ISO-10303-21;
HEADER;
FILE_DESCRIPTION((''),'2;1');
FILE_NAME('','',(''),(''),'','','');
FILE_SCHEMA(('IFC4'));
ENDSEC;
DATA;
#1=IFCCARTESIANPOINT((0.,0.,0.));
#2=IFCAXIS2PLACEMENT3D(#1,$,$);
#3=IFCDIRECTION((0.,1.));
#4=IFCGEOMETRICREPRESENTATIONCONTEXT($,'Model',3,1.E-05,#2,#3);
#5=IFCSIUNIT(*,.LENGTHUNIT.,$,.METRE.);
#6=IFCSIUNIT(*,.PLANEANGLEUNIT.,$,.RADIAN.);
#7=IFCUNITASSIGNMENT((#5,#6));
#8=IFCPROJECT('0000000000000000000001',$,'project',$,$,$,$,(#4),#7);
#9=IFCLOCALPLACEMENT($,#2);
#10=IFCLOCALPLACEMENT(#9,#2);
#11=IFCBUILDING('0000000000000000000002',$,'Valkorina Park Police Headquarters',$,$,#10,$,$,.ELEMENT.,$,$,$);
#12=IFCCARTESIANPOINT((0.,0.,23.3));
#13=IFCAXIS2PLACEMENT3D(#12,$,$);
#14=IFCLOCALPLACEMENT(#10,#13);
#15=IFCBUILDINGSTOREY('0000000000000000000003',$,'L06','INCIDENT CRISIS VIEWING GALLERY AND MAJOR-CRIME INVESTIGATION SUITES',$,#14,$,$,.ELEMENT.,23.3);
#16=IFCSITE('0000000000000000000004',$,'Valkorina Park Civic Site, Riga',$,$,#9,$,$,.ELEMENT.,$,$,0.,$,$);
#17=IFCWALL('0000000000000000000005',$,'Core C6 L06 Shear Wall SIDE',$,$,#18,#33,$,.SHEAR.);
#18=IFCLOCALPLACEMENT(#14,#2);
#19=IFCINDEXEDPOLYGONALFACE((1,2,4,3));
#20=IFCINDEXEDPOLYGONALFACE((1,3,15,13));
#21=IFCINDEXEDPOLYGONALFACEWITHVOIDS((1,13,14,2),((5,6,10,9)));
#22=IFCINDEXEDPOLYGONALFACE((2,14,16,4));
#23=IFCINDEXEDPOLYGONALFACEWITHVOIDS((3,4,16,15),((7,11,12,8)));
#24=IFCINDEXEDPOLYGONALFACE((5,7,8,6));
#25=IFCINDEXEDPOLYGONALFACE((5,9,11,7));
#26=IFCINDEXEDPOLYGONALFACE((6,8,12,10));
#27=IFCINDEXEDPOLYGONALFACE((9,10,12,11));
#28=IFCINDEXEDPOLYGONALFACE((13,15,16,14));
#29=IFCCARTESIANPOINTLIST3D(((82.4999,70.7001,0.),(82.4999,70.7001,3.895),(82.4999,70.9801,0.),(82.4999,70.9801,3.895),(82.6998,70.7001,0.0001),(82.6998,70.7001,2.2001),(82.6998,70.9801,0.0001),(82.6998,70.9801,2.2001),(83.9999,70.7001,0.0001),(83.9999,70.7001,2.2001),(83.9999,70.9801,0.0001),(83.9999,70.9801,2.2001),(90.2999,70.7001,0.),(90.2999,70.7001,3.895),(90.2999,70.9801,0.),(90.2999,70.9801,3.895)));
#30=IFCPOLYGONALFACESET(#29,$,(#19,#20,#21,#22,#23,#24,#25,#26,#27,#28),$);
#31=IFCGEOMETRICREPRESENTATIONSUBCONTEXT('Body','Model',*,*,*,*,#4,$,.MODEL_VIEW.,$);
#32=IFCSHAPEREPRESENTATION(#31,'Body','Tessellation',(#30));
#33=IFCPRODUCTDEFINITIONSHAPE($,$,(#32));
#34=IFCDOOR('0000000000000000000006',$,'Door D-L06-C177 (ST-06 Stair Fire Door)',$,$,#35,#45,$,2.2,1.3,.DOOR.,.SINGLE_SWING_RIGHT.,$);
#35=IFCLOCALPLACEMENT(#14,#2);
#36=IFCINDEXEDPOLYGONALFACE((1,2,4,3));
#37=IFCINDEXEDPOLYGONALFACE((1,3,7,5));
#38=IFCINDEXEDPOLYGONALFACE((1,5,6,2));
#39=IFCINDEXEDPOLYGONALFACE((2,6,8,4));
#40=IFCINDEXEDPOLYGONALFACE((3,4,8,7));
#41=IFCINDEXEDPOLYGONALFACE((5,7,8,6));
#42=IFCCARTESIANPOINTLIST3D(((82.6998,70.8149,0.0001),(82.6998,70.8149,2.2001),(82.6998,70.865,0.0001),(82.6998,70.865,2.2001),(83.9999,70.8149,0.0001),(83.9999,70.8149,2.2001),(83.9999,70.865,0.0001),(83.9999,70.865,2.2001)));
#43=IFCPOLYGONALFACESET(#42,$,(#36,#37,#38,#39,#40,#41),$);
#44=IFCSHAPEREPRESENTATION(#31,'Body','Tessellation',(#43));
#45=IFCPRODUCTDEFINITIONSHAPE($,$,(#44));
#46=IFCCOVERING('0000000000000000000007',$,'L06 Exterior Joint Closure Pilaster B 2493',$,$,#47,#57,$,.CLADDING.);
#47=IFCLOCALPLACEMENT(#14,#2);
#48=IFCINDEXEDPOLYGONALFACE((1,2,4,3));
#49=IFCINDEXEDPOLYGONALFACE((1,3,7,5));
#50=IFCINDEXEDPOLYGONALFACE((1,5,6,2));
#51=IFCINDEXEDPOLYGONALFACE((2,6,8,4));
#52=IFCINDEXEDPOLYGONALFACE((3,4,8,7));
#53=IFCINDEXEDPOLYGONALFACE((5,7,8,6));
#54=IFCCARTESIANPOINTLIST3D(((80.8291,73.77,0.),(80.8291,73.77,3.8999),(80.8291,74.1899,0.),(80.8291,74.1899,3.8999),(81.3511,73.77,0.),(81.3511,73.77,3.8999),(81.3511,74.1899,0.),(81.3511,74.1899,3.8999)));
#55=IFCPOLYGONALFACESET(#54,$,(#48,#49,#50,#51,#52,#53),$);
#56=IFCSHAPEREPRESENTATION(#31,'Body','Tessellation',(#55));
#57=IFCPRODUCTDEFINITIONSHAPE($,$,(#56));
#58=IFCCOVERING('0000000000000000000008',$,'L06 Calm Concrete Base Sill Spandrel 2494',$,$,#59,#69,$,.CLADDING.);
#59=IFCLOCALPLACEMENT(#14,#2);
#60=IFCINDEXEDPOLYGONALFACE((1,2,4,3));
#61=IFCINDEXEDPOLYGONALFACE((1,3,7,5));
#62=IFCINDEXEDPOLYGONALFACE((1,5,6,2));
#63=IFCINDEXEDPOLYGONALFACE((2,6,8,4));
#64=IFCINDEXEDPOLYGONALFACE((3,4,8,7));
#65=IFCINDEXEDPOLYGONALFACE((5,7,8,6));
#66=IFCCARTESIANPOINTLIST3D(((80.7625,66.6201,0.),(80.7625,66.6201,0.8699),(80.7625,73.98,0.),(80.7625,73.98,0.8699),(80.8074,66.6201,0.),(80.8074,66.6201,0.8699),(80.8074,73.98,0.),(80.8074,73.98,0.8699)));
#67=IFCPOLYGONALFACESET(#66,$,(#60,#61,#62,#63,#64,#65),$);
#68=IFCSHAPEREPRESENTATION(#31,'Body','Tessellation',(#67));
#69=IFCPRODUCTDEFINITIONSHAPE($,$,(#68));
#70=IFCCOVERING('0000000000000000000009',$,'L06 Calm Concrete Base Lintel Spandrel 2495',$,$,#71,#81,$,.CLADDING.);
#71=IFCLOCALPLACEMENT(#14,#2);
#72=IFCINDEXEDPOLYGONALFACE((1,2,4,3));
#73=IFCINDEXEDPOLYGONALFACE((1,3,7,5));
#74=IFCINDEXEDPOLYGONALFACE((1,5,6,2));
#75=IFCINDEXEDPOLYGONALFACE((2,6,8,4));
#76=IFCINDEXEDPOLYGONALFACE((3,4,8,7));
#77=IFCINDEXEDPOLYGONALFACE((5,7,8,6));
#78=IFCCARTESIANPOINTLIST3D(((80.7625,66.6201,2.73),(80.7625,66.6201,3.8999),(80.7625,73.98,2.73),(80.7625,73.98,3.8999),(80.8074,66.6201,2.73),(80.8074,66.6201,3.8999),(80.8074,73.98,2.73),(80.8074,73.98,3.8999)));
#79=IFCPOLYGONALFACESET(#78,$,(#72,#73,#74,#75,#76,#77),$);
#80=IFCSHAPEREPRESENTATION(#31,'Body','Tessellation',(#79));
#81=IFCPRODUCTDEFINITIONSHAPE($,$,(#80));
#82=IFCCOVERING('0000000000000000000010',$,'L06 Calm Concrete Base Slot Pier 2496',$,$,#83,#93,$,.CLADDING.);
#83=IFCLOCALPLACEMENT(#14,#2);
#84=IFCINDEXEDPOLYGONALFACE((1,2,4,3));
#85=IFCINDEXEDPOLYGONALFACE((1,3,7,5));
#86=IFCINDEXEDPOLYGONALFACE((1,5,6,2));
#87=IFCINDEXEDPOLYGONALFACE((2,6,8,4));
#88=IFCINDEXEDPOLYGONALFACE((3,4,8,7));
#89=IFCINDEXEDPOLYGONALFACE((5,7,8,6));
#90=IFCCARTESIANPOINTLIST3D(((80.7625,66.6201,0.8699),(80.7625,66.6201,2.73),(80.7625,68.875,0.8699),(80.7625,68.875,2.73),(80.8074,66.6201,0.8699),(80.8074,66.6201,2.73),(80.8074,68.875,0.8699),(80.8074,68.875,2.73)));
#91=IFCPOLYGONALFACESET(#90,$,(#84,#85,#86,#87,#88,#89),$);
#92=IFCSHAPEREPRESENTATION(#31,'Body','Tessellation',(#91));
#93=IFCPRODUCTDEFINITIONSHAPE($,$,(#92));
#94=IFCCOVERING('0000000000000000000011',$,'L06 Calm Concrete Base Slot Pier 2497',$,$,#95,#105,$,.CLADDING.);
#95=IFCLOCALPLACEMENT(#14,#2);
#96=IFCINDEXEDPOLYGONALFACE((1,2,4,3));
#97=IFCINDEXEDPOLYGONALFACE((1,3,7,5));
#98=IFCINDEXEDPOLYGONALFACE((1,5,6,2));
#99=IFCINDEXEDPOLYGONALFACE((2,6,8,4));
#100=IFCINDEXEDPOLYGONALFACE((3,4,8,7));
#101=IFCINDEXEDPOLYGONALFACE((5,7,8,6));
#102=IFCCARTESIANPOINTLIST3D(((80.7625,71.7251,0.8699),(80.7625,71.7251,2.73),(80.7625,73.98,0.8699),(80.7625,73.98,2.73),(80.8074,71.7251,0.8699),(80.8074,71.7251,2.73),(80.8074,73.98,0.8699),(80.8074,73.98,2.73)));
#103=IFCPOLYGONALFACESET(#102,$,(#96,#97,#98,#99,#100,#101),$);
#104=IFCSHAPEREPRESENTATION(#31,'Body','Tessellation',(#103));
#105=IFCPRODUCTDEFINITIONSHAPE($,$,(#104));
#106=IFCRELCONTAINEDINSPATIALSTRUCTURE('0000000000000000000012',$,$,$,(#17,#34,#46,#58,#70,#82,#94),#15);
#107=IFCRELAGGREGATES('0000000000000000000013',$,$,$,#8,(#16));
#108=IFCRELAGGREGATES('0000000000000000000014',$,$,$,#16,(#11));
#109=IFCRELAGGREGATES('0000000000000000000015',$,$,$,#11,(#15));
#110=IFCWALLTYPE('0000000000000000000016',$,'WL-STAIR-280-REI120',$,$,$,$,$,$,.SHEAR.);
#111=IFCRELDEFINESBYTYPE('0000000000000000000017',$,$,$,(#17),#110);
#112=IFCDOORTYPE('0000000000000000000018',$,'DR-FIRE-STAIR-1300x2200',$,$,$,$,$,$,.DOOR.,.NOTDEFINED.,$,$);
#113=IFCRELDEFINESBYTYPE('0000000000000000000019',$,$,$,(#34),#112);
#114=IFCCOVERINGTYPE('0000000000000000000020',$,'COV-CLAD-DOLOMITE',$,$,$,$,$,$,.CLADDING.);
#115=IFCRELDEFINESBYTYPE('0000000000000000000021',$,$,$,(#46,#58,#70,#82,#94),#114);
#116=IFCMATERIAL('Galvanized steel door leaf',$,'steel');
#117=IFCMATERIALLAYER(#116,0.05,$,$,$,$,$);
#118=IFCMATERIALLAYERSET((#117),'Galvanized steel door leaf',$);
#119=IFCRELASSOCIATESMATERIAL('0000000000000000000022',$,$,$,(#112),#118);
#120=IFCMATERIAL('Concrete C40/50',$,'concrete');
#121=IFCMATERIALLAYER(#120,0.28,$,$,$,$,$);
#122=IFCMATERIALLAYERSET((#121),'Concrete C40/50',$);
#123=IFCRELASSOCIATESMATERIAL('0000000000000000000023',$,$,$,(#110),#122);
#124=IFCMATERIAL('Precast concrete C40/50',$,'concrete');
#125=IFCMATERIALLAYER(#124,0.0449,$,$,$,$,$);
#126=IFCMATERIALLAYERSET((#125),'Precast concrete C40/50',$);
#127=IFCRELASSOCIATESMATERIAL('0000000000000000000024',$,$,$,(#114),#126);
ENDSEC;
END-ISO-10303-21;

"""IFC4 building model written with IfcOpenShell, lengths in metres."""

from ifc_helpers import new_model, si_unit, direction, frame, frame_2d, origin, origin_2d, place, context, subcontext, project, spatial, rectangle, extrude, material, layer, layer_set, type_object, element, fill, save


model = new_model("IFC4")

# Units and contexts
model_context = context("Model", 3, precision=1e-05, world=origin(), true_north=direction((0.0, 1.0)))
body_context = subcontext(model_context, "Body", "Model", "MODEL_VIEW")
ifc_project = project(units=[si_unit("LENGTHUNIT", "METRE"), si_unit("PLANEANGLEUNIT", "RADIAN")], contexts=[model_context])

# Site, building, storey
site_placement = place(None, origin())
site = spatial("IfcSite", under=ifc_project, at=site_placement, Name="Valkorina Park Civic Site, Riga", CompositionType="ELEMENT", RefElevation=0.0)
building_placement = place(site_placement, origin())
building = spatial("IfcBuilding", under=site, at=building_placement, Name="Valkorina Park Police Headquarters", CompositionType="ELEMENT")
storey_placement = place(building_placement, frame((0.0, 0.0, 23.3)))
storey = spatial("IfcBuildingStorey", under=building, at=storey_placement, Name="L06", Description="INCIDENT CRISIS VIEWING GALLERY AND MAJOR-CRIME INVESTIGATION SUITES", CompositionType="ELEMENT", Elevation=23.3)

# Shared definitions
ifc_material_1 = material(Name="Concrete C40/50", Category="concrete")
ifc_material_2 = material(Name="Galvanized steel door leaf", Category="steel")
ifc_layer_1 = layer(ifc_material_2, 0.05)
ifc_layer_set_1 = layer_set([ifc_layer_1], Name="Galvanized steel door leaf")
door_type = type_object("IfcDoorType", Name="DR-FIRE-STAIR-1300x2200", OperationType="NOTDEFINED", PredefinedType="DOOR", material=ifc_layer_set_1)

# Wall, opening, door
ifc_layer_2 = layer(ifc_material_1, 0.28)
ifc_layer_set_2 = layer_set([ifc_layer_2], Name="Concrete C40/50")
wall_type_1 = type_object("IfcWallType", Name="WL-STAIR-280-REI120", PredefinedType="SHEAR", material=ifc_layer_set_2)
wall_1_placement = place(storey_placement, frame((82.5, 70.8401, 0.0), z_axis=(0.0, 0.0, 1.0), x_axis=(1.0, 0.0, 0.0)))
wall_1 = element("IfcWall", 1, at=wall_1_placement, inside=storey, type_object=wall_type_1, Name="Core C6 L06 Shear Wall SIDE", PredefinedType="SHEAR", context=body_context, shape_type="SweptSolid", body=[
    extrude(rectangle(XDim=7.8, YDim=0.28, at=frame_2d((3.8999, 0.0))), origin(), (0.0, 0.0, 1.0), 3.895),
])
opening_1_placement = place(wall_1_placement, frame((0.2, 0.0, 0.0)))
opening_1 = element("IfcOpeningElement", 2, at=opening_1_placement, cuts=wall_1, PredefinedType="OPENING", context=body_context, shape_type="SweptSolid", body=[
    extrude(rectangle(XDim=1.3, YDim=2.2, at=frame_2d((0.6499, 1.1001))), frame((0.0, 0.1499, 0.0), z_axis=(0.0, -1.0, 0.0), x_axis=(1.0, 0.0, 0.0)), (0.0, 0.0, 1.0), 0.3),
])
door_1_placement = place(opening_1_placement, origin())
door_1 = element("IfcDoor", 3, at=door_1_placement, inside=storey, type_object=door_type, Name="Door D-L06-C177 (ST-06 Stair Fire Door)", OperationType="SINGLE_SWING_RIGHT", OverallHeight=2.2, OverallWidth=1.3, PredefinedType="DOOR", context=body_context, shape_type="SweptSolid", body=[
    extrude(rectangle(XDim=1.3, YDim=2.2, at=frame_2d((0.6499, 1.1001))), frame((0.0, 0.0249, 0.0), z_axis=(0.0, -1.0, 0.0), x_axis=(1.0, 0.0, 0.0)), (0.0, 0.0, 1.0), 0.05),
])
fill(opening_1, door_1)

# Coverings
ifc_material_3 = material(Name="Precast concrete C40/50", Category="concrete")
ifc_layer_3 = layer(ifc_material_3, 0.0449)
ifc_layer_set_3 = layer_set([ifc_layer_3], Name="Precast concrete C40/50")
covering_type = type_object("IfcCoveringType", Name="COV-CLAD-DOLOMITE", PredefinedType="CLADDING", material=ifc_layer_set_3)
covering_1_placement = place(storey_placement, frame((81.0901, 73.98, 0.0), z_axis=(0.0, 0.0, 1.0), x_axis=(0.0, 1.0, 0.0)))
element("IfcCovering", 4, at=covering_1_placement, inside=storey, type_object=covering_type, Name="L06 Exterior Joint Closure Pilaster B 2493", PredefinedType="CLADDING", context=body_context, shape_type="SweptSolid", body=[
    extrude(rectangle(XDim=0.4199, YDim=0.522, at=origin_2d()), origin(), (0.0, 0.0, 1.0), 3.8999),
])
covering_2_placement = place(storey_placement, frame((80.7849, 66.6201, 0.0), z_axis=(0.0, 0.0, 1.0), x_axis=(0.0, 1.0, 0.0)))
element("IfcCovering", 5, at=covering_2_placement, inside=storey, type_object=covering_type, Name="L06 Calm Concrete Base Sill Spandrel 2494", PredefinedType="CLADDING", context=body_context, shape_type="SweptSolid", body=[
    extrude(rectangle(XDim=7.3599, YDim=0.0449, at=frame_2d((3.6799, 0.0))), origin(), (0.0, 0.0, 1.0), 0.8699),
])
covering_3_placement = place(storey_placement, frame((80.7849, 66.6201, 2.73), z_axis=(0.0, 0.0, 1.0), x_axis=(0.0, 1.0, 0.0)))
element("IfcCovering", 6, at=covering_3_placement, inside=storey, type_object=covering_type, Name="L06 Calm Concrete Base Lintel Spandrel 2495", PredefinedType="CLADDING", context=body_context, shape_type="SweptSolid", body=[
    extrude(rectangle(XDim=7.3599, YDim=0.0449, at=frame_2d((3.6799, 0.0))), origin(), (0.0, 0.0, 1.0), 1.1699),
])
for number, where, z_axis, x_axis, name in (
    (7, (80.7849, 66.6201, 0.8699), (0.0, 0.0, 1.0), (0.0, 1.0, 0.0), "L06 Calm Concrete Base Slot Pier 2496"),
    (8, (80.7849, 71.7251, 0.8699), (0.0, 0.0, 1.0), (0.0, 1.0, 0.0), "L06 Calm Concrete Base Slot Pier 2497"),
):
    element("IfcCovering", number, at=place(storey_placement, frame(where, z_axis=z_axis, x_axis=x_axis)), inside=storey, type_object=covering_type, Name=name, PredefinedType="CLADDING", context=body_context, shape_type="SweptSolid", body=[
        extrude(rectangle(XDim=2.2549, YDim=0.0449, at=frame_2d((1.1274, 0.0))), origin(), (0.0, 0.0, 1.0), 1.8601),
    ])

save(model, "model.ifc")
